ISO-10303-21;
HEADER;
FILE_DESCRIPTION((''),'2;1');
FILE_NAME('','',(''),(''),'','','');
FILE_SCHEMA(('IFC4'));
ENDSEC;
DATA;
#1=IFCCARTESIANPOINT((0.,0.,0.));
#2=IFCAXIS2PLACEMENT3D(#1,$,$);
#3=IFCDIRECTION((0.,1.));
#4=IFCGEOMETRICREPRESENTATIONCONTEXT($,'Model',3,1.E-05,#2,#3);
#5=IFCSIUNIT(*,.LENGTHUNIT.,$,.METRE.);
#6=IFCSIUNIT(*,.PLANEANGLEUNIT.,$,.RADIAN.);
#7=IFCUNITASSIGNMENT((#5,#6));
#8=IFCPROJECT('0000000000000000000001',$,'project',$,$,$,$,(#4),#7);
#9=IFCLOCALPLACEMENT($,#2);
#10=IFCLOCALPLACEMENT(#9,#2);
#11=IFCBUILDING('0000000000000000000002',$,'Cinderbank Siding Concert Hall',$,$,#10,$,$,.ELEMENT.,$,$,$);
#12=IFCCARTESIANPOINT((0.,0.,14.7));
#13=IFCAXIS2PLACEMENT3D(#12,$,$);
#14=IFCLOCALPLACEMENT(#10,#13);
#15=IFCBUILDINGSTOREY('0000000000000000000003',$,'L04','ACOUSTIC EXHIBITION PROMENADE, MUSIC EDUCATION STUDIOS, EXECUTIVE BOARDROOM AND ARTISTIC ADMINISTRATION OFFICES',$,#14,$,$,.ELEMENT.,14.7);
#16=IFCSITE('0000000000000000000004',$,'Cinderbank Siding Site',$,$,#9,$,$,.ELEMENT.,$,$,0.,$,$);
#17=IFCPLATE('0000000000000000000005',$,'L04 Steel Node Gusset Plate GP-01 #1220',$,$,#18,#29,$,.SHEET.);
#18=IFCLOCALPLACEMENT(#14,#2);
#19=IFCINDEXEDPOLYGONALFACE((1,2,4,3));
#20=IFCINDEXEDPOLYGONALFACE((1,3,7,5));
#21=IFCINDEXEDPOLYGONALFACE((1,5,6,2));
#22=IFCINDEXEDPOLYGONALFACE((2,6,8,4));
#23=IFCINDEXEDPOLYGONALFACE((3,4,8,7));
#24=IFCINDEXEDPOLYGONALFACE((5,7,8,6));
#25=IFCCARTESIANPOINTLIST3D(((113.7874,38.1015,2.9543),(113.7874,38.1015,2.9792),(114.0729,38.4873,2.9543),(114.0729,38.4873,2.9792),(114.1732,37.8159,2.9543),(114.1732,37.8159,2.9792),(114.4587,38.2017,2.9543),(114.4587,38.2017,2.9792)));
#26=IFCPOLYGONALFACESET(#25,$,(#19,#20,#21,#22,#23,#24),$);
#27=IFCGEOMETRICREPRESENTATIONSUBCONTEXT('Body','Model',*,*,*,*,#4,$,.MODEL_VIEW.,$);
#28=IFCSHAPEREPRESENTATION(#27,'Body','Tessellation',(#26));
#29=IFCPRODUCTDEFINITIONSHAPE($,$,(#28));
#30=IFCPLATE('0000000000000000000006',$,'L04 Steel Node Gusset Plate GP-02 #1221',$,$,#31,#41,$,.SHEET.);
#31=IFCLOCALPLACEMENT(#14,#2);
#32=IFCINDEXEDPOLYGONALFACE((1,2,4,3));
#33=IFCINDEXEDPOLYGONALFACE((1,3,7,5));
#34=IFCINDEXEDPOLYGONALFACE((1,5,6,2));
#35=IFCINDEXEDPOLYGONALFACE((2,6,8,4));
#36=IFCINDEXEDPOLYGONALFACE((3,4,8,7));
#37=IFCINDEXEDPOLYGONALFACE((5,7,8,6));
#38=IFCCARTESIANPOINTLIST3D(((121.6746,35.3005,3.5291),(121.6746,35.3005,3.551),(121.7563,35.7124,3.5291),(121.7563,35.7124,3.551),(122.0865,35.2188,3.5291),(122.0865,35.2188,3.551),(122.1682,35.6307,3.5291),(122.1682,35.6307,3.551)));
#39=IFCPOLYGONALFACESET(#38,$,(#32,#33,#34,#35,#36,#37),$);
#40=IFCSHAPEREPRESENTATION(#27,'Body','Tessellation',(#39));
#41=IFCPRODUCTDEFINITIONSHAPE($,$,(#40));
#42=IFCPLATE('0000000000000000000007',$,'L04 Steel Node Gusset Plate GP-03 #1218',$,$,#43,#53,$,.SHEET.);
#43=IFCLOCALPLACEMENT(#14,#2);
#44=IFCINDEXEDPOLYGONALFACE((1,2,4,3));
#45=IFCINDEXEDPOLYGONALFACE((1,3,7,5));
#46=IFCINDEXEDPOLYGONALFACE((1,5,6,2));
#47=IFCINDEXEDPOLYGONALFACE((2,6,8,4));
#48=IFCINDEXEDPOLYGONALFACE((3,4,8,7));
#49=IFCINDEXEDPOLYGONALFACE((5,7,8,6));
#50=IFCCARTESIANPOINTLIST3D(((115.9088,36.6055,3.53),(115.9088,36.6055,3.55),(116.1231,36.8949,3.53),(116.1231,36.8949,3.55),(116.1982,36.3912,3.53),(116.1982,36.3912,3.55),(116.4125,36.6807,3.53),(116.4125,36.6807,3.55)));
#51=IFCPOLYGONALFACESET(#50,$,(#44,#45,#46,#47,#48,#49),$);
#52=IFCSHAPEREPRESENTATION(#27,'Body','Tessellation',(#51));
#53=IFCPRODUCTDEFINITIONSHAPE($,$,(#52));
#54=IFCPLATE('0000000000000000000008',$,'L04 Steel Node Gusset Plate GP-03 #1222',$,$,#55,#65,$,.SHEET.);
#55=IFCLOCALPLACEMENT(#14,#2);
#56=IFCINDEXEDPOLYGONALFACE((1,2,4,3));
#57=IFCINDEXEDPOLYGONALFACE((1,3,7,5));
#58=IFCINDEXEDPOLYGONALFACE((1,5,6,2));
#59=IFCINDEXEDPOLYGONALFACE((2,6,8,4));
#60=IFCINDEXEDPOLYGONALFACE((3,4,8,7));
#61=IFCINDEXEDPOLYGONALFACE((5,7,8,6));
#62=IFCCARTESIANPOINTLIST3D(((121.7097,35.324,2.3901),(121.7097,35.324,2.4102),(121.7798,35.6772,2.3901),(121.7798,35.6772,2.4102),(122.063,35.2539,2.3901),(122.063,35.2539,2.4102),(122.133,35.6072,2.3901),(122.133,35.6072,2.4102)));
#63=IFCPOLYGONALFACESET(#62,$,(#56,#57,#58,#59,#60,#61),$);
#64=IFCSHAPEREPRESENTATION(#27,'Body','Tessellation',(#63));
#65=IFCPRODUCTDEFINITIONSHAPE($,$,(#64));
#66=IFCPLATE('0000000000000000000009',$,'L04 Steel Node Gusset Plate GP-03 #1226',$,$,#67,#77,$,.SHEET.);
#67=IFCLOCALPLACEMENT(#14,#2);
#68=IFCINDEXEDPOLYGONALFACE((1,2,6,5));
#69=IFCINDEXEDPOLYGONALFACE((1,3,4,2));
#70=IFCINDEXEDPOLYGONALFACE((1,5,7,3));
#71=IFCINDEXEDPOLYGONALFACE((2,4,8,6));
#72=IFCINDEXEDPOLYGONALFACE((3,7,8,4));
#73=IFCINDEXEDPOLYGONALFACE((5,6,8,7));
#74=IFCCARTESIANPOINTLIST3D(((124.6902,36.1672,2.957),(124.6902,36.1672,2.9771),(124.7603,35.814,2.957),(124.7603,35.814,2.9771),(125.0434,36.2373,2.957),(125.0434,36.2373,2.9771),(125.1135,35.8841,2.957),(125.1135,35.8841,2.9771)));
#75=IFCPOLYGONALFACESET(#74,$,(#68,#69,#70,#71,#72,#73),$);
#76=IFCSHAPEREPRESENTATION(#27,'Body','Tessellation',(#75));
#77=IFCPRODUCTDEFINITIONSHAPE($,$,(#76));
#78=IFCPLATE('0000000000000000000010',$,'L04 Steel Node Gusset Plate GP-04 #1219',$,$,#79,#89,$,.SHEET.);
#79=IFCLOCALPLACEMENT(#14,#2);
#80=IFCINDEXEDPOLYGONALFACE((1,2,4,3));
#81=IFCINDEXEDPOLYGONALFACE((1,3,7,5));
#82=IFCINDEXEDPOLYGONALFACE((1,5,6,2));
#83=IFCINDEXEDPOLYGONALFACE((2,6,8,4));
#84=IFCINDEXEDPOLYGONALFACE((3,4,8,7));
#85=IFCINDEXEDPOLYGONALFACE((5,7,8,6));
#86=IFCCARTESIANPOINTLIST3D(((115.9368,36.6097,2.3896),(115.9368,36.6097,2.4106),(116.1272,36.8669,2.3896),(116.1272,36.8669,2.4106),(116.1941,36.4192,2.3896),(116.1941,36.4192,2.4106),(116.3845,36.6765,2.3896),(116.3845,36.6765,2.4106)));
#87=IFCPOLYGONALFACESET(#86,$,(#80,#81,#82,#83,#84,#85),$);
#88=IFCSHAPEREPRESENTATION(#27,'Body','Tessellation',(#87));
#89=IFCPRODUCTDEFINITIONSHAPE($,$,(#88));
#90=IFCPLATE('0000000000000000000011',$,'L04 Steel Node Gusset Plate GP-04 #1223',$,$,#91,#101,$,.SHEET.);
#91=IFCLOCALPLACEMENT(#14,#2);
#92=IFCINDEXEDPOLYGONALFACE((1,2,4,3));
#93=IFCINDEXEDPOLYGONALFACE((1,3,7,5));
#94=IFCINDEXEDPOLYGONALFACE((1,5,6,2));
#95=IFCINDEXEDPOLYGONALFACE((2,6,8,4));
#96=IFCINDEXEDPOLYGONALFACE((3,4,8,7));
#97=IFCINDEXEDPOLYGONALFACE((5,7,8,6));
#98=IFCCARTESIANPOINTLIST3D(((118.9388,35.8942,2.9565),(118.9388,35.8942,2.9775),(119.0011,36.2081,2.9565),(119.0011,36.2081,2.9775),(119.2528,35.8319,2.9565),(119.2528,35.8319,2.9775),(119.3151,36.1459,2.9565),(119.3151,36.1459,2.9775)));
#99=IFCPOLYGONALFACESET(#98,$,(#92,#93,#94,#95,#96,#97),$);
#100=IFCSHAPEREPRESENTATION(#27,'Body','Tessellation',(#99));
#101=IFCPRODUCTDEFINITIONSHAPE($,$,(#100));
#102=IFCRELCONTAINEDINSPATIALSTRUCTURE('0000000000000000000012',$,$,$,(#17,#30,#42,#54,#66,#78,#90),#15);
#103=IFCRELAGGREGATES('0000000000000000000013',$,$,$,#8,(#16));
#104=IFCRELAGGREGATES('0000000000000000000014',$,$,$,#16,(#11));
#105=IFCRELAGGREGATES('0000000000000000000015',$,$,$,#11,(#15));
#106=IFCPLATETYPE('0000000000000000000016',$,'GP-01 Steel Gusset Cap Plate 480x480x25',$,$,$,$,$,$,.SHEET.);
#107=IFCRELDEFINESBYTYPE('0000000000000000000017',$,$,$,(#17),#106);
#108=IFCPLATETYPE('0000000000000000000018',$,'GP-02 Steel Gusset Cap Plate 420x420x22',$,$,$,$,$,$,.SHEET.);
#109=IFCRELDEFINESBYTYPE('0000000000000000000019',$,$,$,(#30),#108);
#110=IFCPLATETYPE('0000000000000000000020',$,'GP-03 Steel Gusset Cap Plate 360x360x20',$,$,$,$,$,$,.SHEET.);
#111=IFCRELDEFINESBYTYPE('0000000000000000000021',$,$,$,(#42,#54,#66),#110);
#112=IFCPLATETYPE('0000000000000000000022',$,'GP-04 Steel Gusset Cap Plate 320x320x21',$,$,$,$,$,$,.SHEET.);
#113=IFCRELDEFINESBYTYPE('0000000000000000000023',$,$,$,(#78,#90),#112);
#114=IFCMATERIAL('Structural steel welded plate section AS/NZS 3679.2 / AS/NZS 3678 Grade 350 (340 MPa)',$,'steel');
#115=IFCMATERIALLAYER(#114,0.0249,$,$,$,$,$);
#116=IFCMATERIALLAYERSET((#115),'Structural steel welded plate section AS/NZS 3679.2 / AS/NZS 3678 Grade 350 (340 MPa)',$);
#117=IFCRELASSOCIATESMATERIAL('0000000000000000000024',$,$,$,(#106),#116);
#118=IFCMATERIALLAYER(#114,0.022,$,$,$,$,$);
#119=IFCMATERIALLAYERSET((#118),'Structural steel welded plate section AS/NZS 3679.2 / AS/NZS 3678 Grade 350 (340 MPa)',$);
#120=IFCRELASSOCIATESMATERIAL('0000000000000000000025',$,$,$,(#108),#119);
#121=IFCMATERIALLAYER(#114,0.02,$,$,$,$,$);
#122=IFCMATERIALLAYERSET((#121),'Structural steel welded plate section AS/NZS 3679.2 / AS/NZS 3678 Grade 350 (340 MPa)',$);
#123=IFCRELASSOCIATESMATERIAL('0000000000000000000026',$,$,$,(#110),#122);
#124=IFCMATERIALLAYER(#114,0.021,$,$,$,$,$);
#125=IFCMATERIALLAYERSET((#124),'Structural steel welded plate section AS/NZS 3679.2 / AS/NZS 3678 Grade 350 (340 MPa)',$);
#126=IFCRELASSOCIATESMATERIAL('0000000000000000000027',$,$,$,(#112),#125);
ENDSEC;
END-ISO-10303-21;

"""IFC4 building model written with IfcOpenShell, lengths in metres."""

from ifc_helpers import new_model, si_unit, direction, frame, origin, origin_2d, place, context, subcontext, project, spatial, rectangle, extrude, material, layer, layer_set, type_object, element, save


model = new_model("IFC4")

# Units and contexts
model_context = context("Model", 3, precision=1e-05, world=origin(), true_north=direction((0.0, 1.0)))
body_context = subcontext(model_context, "Body", "Model", "MODEL_VIEW")
ifc_project = project(units=[si_unit("LENGTHUNIT", "METRE"), si_unit("PLANEANGLEUNIT", "RADIAN")], contexts=[model_context])

# Site, building, storey
site_placement = place(None, origin())
site = spatial("IfcSite", under=ifc_project, at=site_placement, Name="Cinderbank Siding Site", CompositionType="ELEMENT", RefElevation=0.0)
building_placement = place(site_placement, origin())
building = spatial("IfcBuilding", under=site, at=building_placement, Name="Cinderbank Siding Concert Hall", CompositionType="ELEMENT")
storey_placement = place(building_placement, frame((0.0, 0.0, 14.7)))
storey = spatial("IfcBuildingStorey", under=building, at=storey_placement, Name="L04", Description="ACOUSTIC EXHIBITION PROMENADE, MUSIC EDUCATION STUDIOS, EXECUTIVE BOARDROOM AND ARTISTIC ADMINISTRATION OFFICES", CompositionType="ELEMENT", Elevation=14.7)

# Plates
ifc_material_1 = material(Name="Structural steel welded plate section AS/NZS 3679.2 / AS/NZS 3678 Grade 350 (340 MPa)", Category="steel")
ifc_layer_1 = layer(ifc_material_1, 0.0249)
ifc_layer_set_1 = layer_set([ifc_layer_1], Name="Structural steel welded plate section AS/NZS 3679.2 / AS/NZS 3678 Grade 350 (340 MPa)")
plate_type_1 = type_object("IfcPlateType", Name="GP-01 Steel Gusset Cap Plate 480x480x25", PredefinedType="SHEET", material=ifc_layer_set_1)
plate_1_placement = place(storey_placement, frame((114.123, 38.1516, 2.9543), z_axis=(0.0, 0.0, 1.0), x_axis=(-0.803753, 0.594963, 0.0)))
element("IfcPlate", 1, at=plate_1_placement, inside=storey, type_object=plate_type_1, Name="L04 Steel Node Gusset Plate GP-01 #1220", PredefinedType="SHEET", context=body_context, shape_type="SweptSolid", body=[
    extrude(rectangle(XDim=0.48, YDim=0.48, at=origin_2d()), origin(), (0.0, 0.0, 1.0), 0.0249),
])
ifc_layer_2 = layer(ifc_material_1, 0.022)
ifc_layer_set_2 = layer_set([ifc_layer_2], Name="Structural steel welded plate section AS/NZS 3679.2 / AS/NZS 3678 Grade 350 (340 MPa)")
plate_type_2 = type_object("IfcPlateType", Name="GP-02 Steel Gusset Cap Plate 420x420x22", PredefinedType="SHEET", material=ifc_layer_set_2)
plate_2_placement = place(storey_placement, frame((121.9214, 35.4656, 3.5291), z_axis=(0.0, 0.0, 1.0), x_axis=(0.980887, -0.194577, 0.0)))
element("IfcPlate", 2, at=plate_2_placement, inside=storey, type_object=plate_type_2, Name="L04 Steel Node Gusset Plate GP-02 #1221", PredefinedType="SHEET", context=body_context, shape_type="SweptSolid", body=[
    extrude(rectangle(XDim=0.4199, YDim=0.4199, at=origin_2d()), origin(), (0.0, 0.0, 1.0), 0.022),
])
ifc_layer_3 = layer(ifc_material_1, 0.02)
ifc_layer_set_3 = layer_set([ifc_layer_3], Name="Structural steel welded plate section AS/NZS 3679.2 / AS/NZS 3678 Grade 350 (340 MPa)")
plate_type_3 = type_object("IfcPlateType", Name="GP-03 Steel Gusset Cap Plate 360x360x20", PredefinedType="SHEET", material=ifc_layer_set_3)
for number, where, z_axis, x_axis, name in (
    (3, (116.1606, 36.6431, 3.53), (0.0, 0.0, 1.0), (0.803753, -0.594963, 0.0), "L04 Steel Node Gusset Plate GP-03 #1218"),
    (4, (121.9214, 35.4656, 2.3901), (0.0, 0.0, 1.0), (-0.980887, 0.194577, 0.0), "L04 Steel Node Gusset Plate GP-03 #1222"),
    (5, (124.9019, 36.0256, 2.957), (0.0, 0.0, 1.0), (-0.980887, -0.194577, 0.0), "L04 Steel Node Gusset Plate GP-03 #1226"),
):
    element("IfcPlate", number, at=place(storey_placement, frame(where, z_axis=z_axis, x_axis=x_axis)), inside=storey, type_object=plate_type_3, Name=name, PredefinedType="SHEET", context=body_context, shape_type="SweptSolid", body=[
        extrude(rectangle(XDim=0.3601, YDim=0.3601, at=origin_2d()), origin(), (0.0, 0.0, 1.0), 0.02),
    ])
ifc_layer_4 = layer(ifc_material_1, 0.021)
ifc_layer_set_4 = layer_set([ifc_layer_4], Name="Structural steel welded plate section AS/NZS 3679.2 / AS/NZS 3678 Grade 350 (340 MPa)")
plate_type_4 = type_object("IfcPlateType", Name="GP-04 Steel Gusset Cap Plate 320x320x21", PredefinedType="SHEET", material=ifc_layer_set_4)
for number, where, z_axis, x_axis, name in (
    (6, (116.1606, 36.6431, 2.3896), (0.0, 0.0, 1.0), (-0.803753, 0.594963, 0.0), "L04 Steel Node Gusset Plate GP-04 #1219"),
    (7, (119.127, 36.02, 2.9565), (0.0, 0.0, 1.0), (-0.980887, 0.194577, 0.0), "L04 Steel Node Gusset Plate GP-04 #1223"),
):
    element("IfcPlate", number, at=place(storey_placement, frame(where, z_axis=z_axis, x_axis=x_axis)), inside=storey, type_object=plate_type_4, Name=name, PredefinedType="SHEET", context=body_context, shape_type="SweptSolid", body=[
        extrude(rectangle(XDim=0.3201, YDim=0.3201, at=origin_2d()), origin(), (0.0, 0.0, 1.0), 0.021),
    ])

save(model, "model.ifc")
